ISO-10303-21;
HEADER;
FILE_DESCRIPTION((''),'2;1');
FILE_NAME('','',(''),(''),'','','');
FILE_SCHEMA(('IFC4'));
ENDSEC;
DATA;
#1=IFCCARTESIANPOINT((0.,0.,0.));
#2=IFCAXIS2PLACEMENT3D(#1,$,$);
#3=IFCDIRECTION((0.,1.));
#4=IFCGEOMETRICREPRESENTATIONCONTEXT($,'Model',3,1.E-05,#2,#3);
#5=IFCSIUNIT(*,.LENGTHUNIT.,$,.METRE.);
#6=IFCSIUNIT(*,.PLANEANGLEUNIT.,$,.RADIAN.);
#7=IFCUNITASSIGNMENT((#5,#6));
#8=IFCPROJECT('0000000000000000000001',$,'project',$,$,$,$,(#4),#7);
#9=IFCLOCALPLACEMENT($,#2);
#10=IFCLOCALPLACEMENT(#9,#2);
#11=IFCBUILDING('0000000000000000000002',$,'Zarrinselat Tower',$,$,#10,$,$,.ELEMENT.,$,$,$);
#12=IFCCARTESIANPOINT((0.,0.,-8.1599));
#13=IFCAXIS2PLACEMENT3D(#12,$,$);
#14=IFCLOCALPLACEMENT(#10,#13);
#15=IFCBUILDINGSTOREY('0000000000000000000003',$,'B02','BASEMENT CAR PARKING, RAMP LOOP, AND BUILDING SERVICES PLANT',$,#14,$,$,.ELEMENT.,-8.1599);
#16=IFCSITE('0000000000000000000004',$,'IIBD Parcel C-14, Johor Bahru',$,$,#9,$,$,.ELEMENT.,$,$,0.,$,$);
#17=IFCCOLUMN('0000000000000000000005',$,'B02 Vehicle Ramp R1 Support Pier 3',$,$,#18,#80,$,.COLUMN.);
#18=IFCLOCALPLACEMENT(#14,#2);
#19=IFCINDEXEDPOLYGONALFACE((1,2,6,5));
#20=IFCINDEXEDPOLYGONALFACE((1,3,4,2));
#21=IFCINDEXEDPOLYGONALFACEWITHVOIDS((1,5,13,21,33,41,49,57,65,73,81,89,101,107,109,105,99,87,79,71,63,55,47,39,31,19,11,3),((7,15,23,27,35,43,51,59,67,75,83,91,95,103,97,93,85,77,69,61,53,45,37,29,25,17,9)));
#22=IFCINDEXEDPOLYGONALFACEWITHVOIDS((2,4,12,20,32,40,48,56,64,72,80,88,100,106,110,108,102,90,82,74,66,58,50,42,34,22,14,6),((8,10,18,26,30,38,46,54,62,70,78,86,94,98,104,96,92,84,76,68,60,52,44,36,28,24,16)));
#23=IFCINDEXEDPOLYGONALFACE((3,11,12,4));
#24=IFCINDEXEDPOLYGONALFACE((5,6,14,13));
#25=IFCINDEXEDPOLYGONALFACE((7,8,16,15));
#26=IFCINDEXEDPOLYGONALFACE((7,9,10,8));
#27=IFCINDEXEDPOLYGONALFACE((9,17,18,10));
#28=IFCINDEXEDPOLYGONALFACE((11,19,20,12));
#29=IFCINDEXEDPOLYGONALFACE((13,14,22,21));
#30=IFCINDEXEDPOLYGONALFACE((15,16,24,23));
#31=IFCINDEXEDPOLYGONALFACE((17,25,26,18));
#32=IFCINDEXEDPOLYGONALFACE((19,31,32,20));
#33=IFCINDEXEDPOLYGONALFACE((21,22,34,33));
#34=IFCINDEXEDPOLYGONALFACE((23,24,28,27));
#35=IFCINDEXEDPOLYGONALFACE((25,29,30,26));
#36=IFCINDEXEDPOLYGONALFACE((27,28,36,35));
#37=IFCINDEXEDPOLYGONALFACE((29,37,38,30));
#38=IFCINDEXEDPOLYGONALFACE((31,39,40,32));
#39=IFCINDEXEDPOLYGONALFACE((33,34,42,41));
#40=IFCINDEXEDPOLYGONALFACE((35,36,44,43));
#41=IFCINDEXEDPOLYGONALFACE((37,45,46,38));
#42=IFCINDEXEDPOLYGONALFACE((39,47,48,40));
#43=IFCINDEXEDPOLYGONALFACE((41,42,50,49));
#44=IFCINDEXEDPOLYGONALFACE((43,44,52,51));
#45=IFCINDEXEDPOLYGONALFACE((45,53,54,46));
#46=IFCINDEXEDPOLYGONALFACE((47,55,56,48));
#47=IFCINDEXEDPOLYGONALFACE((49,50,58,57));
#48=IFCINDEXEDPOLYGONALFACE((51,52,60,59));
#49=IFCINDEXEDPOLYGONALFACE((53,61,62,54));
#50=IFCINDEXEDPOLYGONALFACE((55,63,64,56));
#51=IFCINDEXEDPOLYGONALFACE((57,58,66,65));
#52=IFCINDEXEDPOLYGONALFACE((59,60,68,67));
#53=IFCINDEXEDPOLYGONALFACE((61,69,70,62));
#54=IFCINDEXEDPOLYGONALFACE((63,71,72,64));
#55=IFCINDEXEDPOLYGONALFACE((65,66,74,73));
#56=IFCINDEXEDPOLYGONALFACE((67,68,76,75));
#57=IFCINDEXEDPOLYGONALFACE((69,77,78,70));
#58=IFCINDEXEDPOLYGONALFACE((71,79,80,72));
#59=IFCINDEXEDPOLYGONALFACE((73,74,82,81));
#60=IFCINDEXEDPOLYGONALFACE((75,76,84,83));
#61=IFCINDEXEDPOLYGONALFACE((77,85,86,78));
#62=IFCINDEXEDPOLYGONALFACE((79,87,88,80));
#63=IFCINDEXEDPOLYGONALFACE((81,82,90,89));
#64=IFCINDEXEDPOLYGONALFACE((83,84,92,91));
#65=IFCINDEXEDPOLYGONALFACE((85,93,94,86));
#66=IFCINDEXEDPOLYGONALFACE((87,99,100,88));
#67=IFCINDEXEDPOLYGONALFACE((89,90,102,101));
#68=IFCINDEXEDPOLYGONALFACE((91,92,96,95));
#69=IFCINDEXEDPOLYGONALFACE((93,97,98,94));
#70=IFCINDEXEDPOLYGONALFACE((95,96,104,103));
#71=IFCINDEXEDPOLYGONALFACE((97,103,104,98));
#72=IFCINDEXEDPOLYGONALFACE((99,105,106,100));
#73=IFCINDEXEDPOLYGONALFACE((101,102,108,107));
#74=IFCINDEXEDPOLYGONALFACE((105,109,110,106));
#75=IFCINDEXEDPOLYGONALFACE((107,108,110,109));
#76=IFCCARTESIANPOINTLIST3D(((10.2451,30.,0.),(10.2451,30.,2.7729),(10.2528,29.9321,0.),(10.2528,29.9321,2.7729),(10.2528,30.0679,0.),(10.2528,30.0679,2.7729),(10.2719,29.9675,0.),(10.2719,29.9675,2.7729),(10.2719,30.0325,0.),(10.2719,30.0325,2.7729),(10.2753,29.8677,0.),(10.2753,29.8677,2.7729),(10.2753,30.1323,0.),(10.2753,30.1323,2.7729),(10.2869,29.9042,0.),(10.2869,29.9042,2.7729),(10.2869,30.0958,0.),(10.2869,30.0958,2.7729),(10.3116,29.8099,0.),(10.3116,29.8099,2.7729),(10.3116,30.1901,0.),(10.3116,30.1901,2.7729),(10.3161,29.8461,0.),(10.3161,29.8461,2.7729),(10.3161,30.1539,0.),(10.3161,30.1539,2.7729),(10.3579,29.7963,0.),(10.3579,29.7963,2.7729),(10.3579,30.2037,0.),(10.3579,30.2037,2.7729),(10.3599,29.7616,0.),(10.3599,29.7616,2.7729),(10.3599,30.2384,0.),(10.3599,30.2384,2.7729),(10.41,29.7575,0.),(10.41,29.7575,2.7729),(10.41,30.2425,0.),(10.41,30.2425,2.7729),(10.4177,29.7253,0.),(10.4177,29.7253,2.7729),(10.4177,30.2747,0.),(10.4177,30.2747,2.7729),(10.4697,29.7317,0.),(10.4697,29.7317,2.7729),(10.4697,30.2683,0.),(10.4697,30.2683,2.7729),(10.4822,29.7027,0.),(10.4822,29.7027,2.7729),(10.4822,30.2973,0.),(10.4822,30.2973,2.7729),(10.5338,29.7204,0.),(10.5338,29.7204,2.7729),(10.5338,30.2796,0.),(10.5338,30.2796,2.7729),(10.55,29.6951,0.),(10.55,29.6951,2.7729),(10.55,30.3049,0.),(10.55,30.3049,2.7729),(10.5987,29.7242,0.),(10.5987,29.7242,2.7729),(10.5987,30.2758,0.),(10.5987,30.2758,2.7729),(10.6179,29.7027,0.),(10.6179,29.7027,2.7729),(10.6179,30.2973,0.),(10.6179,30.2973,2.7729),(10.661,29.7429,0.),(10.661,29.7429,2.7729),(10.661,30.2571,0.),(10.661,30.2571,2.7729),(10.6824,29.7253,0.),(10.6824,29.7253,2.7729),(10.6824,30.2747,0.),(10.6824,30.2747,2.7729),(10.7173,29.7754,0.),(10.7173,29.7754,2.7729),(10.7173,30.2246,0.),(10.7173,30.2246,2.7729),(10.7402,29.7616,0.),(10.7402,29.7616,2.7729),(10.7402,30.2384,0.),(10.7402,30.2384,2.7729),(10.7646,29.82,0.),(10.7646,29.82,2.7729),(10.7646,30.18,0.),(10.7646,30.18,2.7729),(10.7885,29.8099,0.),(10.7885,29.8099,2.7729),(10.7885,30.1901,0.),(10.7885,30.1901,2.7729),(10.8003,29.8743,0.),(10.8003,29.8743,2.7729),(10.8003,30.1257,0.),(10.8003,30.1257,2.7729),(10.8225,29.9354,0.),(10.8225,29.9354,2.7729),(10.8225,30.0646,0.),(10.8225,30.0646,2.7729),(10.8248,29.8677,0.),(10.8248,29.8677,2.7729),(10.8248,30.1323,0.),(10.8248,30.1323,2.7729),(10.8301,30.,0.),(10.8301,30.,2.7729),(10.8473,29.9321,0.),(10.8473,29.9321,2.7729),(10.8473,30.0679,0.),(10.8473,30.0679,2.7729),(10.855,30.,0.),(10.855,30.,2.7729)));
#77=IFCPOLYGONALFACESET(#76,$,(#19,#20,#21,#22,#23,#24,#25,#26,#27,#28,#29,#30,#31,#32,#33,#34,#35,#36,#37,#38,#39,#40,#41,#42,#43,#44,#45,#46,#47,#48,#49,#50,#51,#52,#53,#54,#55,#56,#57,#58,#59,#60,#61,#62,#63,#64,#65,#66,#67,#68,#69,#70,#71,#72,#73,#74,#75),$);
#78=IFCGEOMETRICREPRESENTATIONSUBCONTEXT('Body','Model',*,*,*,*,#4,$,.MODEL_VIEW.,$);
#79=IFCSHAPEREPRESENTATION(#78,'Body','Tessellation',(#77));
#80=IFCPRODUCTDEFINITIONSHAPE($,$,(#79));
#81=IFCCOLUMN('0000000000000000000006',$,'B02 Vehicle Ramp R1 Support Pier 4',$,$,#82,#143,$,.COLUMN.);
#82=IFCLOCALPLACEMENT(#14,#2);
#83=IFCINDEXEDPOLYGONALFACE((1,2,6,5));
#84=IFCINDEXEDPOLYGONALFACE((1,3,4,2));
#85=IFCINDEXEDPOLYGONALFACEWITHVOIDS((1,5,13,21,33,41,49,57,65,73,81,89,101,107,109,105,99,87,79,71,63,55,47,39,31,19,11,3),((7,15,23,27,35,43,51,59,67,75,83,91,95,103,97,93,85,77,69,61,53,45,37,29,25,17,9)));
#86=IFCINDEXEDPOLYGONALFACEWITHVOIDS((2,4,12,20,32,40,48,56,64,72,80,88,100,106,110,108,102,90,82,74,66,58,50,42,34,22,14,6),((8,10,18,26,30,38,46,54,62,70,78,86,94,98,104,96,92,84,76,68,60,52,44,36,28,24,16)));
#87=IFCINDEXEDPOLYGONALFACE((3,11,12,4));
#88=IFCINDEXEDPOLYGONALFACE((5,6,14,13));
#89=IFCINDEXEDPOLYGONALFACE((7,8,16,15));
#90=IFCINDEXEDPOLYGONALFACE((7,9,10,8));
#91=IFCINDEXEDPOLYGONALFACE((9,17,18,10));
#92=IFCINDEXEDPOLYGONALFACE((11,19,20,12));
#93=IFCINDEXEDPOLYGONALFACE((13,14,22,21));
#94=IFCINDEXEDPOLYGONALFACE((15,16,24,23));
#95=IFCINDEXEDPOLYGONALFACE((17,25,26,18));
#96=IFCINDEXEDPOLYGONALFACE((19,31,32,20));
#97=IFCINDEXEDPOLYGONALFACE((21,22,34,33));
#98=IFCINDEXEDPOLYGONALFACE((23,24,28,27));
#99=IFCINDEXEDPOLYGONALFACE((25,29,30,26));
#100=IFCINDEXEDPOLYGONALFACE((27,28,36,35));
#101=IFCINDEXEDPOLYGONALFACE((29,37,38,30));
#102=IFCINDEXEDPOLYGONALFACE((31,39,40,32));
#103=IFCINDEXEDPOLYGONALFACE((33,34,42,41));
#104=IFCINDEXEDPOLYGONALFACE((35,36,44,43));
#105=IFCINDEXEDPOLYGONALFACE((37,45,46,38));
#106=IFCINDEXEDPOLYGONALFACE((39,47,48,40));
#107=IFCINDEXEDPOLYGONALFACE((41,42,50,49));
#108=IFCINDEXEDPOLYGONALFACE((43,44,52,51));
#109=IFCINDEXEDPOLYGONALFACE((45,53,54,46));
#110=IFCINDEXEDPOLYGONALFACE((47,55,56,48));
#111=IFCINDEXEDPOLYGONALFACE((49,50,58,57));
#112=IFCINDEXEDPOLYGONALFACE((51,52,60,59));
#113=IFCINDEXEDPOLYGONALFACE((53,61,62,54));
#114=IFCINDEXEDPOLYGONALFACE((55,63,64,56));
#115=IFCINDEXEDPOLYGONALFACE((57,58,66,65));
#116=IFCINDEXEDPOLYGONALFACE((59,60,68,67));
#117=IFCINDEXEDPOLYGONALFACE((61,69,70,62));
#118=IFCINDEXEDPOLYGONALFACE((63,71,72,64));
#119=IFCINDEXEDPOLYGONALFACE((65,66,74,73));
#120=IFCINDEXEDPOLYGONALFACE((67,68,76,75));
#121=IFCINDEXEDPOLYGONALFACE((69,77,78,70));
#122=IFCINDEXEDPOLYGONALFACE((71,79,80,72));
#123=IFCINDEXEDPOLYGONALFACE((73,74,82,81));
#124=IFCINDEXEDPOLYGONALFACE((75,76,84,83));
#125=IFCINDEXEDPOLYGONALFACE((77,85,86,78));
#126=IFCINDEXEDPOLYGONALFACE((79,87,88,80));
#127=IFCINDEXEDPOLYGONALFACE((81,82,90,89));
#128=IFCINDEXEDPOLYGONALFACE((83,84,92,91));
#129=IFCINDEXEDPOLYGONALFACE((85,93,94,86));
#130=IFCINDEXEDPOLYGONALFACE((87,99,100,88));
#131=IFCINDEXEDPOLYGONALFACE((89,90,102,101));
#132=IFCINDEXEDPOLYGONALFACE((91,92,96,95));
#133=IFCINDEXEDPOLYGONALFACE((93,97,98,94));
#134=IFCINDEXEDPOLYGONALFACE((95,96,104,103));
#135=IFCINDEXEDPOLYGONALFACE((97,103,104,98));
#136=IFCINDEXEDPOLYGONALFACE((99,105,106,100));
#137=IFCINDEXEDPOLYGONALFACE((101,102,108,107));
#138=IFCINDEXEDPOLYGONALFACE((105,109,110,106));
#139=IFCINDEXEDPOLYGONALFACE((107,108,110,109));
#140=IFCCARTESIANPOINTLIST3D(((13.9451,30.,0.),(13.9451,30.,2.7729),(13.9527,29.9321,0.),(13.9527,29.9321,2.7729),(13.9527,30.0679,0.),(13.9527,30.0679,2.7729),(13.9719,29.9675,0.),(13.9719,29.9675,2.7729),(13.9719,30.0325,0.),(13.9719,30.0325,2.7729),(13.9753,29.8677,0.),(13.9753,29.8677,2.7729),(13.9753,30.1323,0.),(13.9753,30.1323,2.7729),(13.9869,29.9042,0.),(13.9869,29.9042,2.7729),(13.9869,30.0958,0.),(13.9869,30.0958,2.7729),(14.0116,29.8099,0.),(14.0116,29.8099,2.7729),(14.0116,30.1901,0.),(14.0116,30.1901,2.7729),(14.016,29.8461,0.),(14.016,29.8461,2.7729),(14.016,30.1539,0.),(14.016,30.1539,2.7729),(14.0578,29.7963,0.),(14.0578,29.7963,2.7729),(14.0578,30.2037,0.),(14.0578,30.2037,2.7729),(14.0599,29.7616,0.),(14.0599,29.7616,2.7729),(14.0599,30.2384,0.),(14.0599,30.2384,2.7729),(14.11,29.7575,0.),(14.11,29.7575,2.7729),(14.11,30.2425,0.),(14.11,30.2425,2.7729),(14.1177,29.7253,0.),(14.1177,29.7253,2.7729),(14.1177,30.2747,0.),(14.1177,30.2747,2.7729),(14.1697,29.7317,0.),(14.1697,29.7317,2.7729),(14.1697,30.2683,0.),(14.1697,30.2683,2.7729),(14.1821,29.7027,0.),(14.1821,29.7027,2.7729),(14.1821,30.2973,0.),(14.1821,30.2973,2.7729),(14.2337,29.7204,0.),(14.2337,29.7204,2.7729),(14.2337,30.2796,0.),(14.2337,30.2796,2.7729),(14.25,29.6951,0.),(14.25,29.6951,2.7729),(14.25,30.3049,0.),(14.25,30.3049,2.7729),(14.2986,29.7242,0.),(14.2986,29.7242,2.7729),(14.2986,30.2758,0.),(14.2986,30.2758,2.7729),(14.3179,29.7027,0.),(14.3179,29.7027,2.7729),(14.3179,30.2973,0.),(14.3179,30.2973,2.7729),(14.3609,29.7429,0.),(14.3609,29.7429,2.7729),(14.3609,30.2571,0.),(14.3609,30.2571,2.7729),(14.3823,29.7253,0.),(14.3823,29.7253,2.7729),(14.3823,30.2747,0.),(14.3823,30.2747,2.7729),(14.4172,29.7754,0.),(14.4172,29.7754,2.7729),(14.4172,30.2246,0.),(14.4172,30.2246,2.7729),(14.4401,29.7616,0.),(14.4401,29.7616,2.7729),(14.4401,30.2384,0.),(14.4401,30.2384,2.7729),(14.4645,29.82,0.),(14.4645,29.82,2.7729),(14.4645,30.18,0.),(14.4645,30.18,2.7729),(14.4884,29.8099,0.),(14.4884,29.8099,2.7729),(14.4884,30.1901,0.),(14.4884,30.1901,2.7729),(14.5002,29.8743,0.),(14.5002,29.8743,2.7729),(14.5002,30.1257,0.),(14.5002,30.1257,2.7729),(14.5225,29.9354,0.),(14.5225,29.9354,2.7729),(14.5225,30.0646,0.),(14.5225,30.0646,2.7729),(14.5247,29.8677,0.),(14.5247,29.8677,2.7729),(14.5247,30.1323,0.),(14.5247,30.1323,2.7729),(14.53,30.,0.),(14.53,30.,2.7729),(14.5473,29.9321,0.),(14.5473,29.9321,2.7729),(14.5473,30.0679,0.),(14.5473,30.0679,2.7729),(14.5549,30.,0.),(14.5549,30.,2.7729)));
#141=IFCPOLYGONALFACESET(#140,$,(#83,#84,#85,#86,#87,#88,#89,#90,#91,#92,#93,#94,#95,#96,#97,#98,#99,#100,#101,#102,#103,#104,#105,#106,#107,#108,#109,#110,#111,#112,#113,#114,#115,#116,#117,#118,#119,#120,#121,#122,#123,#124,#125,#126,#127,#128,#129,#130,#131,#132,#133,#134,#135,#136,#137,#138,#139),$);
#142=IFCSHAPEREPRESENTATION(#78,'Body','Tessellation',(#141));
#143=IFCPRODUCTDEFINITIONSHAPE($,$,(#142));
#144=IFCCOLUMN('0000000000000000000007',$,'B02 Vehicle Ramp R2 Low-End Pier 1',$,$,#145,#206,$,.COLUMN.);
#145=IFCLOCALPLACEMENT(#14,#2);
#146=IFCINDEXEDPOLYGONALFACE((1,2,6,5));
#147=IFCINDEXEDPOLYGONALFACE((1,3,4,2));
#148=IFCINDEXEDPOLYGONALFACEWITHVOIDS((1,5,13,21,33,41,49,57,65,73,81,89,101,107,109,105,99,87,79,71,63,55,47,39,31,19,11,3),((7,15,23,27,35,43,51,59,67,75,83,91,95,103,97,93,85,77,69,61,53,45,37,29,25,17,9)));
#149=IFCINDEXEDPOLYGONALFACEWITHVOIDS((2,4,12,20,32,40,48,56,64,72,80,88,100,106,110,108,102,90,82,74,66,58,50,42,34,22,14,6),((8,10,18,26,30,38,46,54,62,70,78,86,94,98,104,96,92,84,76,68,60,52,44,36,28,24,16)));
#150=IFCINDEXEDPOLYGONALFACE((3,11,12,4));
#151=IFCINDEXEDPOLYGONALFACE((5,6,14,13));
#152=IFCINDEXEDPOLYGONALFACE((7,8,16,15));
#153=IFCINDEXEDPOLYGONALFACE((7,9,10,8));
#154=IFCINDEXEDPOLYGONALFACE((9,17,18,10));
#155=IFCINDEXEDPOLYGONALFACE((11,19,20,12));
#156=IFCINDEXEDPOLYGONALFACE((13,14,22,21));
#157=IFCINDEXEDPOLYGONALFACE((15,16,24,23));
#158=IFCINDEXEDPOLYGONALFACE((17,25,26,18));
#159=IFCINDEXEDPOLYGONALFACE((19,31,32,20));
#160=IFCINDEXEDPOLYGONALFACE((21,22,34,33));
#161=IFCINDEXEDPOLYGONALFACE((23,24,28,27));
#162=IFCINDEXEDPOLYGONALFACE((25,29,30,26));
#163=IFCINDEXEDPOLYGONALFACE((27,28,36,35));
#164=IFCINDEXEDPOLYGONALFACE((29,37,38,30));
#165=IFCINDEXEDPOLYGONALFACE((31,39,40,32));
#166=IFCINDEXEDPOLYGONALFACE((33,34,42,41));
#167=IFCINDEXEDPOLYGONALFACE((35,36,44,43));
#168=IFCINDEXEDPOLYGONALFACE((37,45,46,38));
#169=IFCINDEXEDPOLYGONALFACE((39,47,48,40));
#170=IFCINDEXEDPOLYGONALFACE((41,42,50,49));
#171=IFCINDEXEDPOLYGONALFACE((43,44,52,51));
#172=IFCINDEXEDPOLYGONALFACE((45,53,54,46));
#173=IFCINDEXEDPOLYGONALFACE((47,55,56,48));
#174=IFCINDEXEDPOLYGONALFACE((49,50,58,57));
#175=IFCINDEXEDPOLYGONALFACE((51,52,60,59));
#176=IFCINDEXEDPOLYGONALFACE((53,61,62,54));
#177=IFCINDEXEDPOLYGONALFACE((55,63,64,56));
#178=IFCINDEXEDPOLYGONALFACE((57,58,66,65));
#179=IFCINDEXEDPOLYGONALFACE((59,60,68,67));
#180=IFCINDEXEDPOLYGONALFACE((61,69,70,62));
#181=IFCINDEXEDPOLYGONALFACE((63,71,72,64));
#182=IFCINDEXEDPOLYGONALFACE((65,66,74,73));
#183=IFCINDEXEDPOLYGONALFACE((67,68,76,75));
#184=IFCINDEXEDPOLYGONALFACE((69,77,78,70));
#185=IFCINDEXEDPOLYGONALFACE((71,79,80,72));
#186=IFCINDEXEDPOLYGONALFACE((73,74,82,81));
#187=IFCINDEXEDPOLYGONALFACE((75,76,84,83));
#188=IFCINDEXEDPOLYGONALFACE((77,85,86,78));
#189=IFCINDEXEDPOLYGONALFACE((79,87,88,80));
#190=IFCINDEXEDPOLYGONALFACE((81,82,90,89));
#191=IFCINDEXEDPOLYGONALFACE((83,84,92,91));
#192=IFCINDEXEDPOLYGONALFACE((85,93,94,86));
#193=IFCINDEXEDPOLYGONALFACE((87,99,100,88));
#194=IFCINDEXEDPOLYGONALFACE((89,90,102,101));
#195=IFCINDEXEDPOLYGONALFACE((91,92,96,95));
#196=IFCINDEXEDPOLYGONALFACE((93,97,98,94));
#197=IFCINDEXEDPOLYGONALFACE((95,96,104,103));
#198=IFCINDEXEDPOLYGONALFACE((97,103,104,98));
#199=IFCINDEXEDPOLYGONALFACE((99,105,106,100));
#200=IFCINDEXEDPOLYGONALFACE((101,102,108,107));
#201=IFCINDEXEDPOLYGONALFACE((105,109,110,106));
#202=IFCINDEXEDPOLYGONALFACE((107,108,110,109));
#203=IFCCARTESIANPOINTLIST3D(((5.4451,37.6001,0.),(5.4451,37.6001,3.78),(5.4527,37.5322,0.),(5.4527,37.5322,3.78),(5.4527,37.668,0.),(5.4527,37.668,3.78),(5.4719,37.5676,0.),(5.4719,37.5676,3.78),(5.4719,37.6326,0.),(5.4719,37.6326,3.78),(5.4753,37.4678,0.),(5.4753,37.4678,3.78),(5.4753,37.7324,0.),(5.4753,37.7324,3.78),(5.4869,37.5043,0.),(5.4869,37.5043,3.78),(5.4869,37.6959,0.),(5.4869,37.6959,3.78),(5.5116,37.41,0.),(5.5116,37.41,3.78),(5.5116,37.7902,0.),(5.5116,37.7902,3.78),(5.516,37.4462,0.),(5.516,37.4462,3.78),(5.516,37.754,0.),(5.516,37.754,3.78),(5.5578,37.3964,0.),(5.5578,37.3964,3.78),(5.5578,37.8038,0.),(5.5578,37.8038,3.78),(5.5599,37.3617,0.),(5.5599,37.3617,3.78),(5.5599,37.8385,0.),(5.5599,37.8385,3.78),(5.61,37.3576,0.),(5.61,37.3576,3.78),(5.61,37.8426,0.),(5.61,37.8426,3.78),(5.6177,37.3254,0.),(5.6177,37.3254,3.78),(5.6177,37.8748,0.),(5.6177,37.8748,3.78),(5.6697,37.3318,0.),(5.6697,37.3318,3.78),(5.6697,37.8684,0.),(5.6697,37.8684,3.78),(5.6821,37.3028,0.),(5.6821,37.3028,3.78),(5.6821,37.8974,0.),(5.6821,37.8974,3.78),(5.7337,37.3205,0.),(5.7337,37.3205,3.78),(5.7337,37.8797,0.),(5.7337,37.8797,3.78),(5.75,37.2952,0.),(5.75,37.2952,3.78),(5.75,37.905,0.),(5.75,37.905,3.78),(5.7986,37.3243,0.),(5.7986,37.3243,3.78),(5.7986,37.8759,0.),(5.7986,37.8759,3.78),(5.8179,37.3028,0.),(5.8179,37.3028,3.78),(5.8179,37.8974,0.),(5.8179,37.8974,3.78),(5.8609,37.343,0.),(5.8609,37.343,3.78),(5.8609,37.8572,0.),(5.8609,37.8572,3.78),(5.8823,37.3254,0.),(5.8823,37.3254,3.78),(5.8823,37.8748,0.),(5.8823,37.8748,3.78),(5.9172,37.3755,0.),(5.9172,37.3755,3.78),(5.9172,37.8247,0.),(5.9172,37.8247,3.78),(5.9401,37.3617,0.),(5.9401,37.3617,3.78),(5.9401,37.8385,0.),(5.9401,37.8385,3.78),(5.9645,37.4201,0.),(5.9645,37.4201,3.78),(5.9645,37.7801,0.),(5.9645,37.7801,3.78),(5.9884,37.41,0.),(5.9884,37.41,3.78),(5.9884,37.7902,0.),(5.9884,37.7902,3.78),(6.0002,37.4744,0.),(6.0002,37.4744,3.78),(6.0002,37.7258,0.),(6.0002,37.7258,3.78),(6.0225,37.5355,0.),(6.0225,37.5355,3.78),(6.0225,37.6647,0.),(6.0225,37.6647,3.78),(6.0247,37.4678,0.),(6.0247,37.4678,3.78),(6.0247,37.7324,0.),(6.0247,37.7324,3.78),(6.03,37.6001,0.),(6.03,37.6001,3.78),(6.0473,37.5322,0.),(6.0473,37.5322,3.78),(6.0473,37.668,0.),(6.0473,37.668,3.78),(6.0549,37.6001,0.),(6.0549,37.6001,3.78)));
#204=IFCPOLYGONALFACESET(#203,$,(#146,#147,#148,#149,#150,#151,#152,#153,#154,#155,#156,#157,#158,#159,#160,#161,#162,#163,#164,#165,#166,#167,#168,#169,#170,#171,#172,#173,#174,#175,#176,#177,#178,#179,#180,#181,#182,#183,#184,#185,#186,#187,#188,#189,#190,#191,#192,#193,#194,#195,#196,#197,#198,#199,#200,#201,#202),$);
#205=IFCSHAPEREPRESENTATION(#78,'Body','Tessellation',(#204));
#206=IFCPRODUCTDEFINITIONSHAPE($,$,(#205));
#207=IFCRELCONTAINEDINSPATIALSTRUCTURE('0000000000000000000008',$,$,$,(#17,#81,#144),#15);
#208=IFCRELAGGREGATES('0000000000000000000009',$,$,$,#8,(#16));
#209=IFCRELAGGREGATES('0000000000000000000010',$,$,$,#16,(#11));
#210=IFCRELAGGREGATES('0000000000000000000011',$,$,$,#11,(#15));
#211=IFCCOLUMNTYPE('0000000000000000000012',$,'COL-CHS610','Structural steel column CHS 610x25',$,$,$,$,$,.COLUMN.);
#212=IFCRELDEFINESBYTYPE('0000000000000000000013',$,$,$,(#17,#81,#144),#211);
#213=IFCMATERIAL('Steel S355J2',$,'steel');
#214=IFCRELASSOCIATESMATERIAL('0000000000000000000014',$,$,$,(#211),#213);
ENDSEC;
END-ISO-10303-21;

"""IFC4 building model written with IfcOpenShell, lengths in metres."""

from ifc_helpers import new_model, si_unit, direction, frame, origin, origin_2d, place, context, subcontext, project, spatial, hollow_circle, extrude, material, material_profile, profile_set, type_object, element, save


model = new_model("IFC4")

# Units and contexts
model_context = context("Model", 3, precision=1e-05, world=origin(), true_north=direction((0.0, 1.0)))
body_context = subcontext(model_context, "Body", "Model", "MODEL_VIEW")
ifc_project = project(units=[si_unit("LENGTHUNIT", "METRE"), si_unit("PLANEANGLEUNIT", "RADIAN")], contexts=[model_context])

# Site, building, storey
site_placement = place(None, origin())
site = spatial("IfcSite", under=ifc_project, at=site_placement, Name="IIBD Parcel C-14, Johor Bahru", CompositionType="ELEMENT", RefElevation=0.0)
building_placement = place(site_placement, origin())
building = spatial("IfcBuilding", under=site, at=building_placement, Name="Zarrinselat Tower", CompositionType="ELEMENT")
storey_placement = place(building_placement, frame((0.0, 0.0, -8.1599)))
storey = spatial("IfcBuildingStorey", under=building, at=storey_placement, Name="B02", Description="BASEMENT CAR PARKING, RAMP LOOP, AND BUILDING SERVICES PLANT", CompositionType="ELEMENT", Elevation=-8.1599)

# Columns
ifc_material_1 = material(Name="Steel S355J2", Category="steel")
ifc_material_profile_1 = material_profile(ifc_material_1, hollow_circle(Radius=0.3049, WallThickness=0.0249, at=origin_2d()), Name="CHS 610x25")
ifc_profile_set_1 = profile_set([ifc_material_profile_1], Name="Steel S355J2")
column_type_1 = type_object("IfcColumnType", Name="COL-CHS610", Description="Structural steel column CHS 610x25", PredefinedType="COLUMN", material=ifc_profile_set_1)
for number, where, z_axis, x_axis, name in (
    (1, (10.55, 30.0, 0.0), (0.0, 0.0, 1.0), (1.0, 0.0, 0.0), "B02 Vehicle Ramp R1 Support Pier 3"),
    (2, (14.25, 30.0, 0.0), (0.0, 0.0, 1.0), (1.0, 0.0, 0.0), "B02 Vehicle Ramp R1 Support Pier 4"),
):
    element("IfcColumn", number, at=place(storey_placement, frame(where, z_axis=z_axis, x_axis=x_axis)), inside=storey, type_object=column_type_1, Name=name, PredefinedType="COLUMN", context=body_context, shape_type="SweptSolid", body=[
        extrude(hollow_circle(Radius=0.3049, WallThickness=0.0249, at=origin_2d()), origin(), (0.0, 0.0, 1.0), 2.7729),
    ])
for number, where, z_axis, x_axis, name in (
    (3, (5.75, 37.6001, 0.0), (0.0, 0.0, 1.0), (1.0, 0.0, 0.0), "B02 Vehicle Ramp R2 Low-End Pier 1"),
):
    element("IfcColumn", number, at=place(storey_placement, frame(where, z_axis=z_axis, x_axis=x_axis)), inside=storey, type_object=column_type_1, Name=name, PredefinedType="COLUMN", context=body_context, shape_type="SweptSolid", body=[
        extrude(hollow_circle(Radius=0.3049, WallThickness=0.0249, at=origin_2d()), origin(), (0.0, 0.0, 1.0), 3.78),
    ])

save(model, "model.ifc")
